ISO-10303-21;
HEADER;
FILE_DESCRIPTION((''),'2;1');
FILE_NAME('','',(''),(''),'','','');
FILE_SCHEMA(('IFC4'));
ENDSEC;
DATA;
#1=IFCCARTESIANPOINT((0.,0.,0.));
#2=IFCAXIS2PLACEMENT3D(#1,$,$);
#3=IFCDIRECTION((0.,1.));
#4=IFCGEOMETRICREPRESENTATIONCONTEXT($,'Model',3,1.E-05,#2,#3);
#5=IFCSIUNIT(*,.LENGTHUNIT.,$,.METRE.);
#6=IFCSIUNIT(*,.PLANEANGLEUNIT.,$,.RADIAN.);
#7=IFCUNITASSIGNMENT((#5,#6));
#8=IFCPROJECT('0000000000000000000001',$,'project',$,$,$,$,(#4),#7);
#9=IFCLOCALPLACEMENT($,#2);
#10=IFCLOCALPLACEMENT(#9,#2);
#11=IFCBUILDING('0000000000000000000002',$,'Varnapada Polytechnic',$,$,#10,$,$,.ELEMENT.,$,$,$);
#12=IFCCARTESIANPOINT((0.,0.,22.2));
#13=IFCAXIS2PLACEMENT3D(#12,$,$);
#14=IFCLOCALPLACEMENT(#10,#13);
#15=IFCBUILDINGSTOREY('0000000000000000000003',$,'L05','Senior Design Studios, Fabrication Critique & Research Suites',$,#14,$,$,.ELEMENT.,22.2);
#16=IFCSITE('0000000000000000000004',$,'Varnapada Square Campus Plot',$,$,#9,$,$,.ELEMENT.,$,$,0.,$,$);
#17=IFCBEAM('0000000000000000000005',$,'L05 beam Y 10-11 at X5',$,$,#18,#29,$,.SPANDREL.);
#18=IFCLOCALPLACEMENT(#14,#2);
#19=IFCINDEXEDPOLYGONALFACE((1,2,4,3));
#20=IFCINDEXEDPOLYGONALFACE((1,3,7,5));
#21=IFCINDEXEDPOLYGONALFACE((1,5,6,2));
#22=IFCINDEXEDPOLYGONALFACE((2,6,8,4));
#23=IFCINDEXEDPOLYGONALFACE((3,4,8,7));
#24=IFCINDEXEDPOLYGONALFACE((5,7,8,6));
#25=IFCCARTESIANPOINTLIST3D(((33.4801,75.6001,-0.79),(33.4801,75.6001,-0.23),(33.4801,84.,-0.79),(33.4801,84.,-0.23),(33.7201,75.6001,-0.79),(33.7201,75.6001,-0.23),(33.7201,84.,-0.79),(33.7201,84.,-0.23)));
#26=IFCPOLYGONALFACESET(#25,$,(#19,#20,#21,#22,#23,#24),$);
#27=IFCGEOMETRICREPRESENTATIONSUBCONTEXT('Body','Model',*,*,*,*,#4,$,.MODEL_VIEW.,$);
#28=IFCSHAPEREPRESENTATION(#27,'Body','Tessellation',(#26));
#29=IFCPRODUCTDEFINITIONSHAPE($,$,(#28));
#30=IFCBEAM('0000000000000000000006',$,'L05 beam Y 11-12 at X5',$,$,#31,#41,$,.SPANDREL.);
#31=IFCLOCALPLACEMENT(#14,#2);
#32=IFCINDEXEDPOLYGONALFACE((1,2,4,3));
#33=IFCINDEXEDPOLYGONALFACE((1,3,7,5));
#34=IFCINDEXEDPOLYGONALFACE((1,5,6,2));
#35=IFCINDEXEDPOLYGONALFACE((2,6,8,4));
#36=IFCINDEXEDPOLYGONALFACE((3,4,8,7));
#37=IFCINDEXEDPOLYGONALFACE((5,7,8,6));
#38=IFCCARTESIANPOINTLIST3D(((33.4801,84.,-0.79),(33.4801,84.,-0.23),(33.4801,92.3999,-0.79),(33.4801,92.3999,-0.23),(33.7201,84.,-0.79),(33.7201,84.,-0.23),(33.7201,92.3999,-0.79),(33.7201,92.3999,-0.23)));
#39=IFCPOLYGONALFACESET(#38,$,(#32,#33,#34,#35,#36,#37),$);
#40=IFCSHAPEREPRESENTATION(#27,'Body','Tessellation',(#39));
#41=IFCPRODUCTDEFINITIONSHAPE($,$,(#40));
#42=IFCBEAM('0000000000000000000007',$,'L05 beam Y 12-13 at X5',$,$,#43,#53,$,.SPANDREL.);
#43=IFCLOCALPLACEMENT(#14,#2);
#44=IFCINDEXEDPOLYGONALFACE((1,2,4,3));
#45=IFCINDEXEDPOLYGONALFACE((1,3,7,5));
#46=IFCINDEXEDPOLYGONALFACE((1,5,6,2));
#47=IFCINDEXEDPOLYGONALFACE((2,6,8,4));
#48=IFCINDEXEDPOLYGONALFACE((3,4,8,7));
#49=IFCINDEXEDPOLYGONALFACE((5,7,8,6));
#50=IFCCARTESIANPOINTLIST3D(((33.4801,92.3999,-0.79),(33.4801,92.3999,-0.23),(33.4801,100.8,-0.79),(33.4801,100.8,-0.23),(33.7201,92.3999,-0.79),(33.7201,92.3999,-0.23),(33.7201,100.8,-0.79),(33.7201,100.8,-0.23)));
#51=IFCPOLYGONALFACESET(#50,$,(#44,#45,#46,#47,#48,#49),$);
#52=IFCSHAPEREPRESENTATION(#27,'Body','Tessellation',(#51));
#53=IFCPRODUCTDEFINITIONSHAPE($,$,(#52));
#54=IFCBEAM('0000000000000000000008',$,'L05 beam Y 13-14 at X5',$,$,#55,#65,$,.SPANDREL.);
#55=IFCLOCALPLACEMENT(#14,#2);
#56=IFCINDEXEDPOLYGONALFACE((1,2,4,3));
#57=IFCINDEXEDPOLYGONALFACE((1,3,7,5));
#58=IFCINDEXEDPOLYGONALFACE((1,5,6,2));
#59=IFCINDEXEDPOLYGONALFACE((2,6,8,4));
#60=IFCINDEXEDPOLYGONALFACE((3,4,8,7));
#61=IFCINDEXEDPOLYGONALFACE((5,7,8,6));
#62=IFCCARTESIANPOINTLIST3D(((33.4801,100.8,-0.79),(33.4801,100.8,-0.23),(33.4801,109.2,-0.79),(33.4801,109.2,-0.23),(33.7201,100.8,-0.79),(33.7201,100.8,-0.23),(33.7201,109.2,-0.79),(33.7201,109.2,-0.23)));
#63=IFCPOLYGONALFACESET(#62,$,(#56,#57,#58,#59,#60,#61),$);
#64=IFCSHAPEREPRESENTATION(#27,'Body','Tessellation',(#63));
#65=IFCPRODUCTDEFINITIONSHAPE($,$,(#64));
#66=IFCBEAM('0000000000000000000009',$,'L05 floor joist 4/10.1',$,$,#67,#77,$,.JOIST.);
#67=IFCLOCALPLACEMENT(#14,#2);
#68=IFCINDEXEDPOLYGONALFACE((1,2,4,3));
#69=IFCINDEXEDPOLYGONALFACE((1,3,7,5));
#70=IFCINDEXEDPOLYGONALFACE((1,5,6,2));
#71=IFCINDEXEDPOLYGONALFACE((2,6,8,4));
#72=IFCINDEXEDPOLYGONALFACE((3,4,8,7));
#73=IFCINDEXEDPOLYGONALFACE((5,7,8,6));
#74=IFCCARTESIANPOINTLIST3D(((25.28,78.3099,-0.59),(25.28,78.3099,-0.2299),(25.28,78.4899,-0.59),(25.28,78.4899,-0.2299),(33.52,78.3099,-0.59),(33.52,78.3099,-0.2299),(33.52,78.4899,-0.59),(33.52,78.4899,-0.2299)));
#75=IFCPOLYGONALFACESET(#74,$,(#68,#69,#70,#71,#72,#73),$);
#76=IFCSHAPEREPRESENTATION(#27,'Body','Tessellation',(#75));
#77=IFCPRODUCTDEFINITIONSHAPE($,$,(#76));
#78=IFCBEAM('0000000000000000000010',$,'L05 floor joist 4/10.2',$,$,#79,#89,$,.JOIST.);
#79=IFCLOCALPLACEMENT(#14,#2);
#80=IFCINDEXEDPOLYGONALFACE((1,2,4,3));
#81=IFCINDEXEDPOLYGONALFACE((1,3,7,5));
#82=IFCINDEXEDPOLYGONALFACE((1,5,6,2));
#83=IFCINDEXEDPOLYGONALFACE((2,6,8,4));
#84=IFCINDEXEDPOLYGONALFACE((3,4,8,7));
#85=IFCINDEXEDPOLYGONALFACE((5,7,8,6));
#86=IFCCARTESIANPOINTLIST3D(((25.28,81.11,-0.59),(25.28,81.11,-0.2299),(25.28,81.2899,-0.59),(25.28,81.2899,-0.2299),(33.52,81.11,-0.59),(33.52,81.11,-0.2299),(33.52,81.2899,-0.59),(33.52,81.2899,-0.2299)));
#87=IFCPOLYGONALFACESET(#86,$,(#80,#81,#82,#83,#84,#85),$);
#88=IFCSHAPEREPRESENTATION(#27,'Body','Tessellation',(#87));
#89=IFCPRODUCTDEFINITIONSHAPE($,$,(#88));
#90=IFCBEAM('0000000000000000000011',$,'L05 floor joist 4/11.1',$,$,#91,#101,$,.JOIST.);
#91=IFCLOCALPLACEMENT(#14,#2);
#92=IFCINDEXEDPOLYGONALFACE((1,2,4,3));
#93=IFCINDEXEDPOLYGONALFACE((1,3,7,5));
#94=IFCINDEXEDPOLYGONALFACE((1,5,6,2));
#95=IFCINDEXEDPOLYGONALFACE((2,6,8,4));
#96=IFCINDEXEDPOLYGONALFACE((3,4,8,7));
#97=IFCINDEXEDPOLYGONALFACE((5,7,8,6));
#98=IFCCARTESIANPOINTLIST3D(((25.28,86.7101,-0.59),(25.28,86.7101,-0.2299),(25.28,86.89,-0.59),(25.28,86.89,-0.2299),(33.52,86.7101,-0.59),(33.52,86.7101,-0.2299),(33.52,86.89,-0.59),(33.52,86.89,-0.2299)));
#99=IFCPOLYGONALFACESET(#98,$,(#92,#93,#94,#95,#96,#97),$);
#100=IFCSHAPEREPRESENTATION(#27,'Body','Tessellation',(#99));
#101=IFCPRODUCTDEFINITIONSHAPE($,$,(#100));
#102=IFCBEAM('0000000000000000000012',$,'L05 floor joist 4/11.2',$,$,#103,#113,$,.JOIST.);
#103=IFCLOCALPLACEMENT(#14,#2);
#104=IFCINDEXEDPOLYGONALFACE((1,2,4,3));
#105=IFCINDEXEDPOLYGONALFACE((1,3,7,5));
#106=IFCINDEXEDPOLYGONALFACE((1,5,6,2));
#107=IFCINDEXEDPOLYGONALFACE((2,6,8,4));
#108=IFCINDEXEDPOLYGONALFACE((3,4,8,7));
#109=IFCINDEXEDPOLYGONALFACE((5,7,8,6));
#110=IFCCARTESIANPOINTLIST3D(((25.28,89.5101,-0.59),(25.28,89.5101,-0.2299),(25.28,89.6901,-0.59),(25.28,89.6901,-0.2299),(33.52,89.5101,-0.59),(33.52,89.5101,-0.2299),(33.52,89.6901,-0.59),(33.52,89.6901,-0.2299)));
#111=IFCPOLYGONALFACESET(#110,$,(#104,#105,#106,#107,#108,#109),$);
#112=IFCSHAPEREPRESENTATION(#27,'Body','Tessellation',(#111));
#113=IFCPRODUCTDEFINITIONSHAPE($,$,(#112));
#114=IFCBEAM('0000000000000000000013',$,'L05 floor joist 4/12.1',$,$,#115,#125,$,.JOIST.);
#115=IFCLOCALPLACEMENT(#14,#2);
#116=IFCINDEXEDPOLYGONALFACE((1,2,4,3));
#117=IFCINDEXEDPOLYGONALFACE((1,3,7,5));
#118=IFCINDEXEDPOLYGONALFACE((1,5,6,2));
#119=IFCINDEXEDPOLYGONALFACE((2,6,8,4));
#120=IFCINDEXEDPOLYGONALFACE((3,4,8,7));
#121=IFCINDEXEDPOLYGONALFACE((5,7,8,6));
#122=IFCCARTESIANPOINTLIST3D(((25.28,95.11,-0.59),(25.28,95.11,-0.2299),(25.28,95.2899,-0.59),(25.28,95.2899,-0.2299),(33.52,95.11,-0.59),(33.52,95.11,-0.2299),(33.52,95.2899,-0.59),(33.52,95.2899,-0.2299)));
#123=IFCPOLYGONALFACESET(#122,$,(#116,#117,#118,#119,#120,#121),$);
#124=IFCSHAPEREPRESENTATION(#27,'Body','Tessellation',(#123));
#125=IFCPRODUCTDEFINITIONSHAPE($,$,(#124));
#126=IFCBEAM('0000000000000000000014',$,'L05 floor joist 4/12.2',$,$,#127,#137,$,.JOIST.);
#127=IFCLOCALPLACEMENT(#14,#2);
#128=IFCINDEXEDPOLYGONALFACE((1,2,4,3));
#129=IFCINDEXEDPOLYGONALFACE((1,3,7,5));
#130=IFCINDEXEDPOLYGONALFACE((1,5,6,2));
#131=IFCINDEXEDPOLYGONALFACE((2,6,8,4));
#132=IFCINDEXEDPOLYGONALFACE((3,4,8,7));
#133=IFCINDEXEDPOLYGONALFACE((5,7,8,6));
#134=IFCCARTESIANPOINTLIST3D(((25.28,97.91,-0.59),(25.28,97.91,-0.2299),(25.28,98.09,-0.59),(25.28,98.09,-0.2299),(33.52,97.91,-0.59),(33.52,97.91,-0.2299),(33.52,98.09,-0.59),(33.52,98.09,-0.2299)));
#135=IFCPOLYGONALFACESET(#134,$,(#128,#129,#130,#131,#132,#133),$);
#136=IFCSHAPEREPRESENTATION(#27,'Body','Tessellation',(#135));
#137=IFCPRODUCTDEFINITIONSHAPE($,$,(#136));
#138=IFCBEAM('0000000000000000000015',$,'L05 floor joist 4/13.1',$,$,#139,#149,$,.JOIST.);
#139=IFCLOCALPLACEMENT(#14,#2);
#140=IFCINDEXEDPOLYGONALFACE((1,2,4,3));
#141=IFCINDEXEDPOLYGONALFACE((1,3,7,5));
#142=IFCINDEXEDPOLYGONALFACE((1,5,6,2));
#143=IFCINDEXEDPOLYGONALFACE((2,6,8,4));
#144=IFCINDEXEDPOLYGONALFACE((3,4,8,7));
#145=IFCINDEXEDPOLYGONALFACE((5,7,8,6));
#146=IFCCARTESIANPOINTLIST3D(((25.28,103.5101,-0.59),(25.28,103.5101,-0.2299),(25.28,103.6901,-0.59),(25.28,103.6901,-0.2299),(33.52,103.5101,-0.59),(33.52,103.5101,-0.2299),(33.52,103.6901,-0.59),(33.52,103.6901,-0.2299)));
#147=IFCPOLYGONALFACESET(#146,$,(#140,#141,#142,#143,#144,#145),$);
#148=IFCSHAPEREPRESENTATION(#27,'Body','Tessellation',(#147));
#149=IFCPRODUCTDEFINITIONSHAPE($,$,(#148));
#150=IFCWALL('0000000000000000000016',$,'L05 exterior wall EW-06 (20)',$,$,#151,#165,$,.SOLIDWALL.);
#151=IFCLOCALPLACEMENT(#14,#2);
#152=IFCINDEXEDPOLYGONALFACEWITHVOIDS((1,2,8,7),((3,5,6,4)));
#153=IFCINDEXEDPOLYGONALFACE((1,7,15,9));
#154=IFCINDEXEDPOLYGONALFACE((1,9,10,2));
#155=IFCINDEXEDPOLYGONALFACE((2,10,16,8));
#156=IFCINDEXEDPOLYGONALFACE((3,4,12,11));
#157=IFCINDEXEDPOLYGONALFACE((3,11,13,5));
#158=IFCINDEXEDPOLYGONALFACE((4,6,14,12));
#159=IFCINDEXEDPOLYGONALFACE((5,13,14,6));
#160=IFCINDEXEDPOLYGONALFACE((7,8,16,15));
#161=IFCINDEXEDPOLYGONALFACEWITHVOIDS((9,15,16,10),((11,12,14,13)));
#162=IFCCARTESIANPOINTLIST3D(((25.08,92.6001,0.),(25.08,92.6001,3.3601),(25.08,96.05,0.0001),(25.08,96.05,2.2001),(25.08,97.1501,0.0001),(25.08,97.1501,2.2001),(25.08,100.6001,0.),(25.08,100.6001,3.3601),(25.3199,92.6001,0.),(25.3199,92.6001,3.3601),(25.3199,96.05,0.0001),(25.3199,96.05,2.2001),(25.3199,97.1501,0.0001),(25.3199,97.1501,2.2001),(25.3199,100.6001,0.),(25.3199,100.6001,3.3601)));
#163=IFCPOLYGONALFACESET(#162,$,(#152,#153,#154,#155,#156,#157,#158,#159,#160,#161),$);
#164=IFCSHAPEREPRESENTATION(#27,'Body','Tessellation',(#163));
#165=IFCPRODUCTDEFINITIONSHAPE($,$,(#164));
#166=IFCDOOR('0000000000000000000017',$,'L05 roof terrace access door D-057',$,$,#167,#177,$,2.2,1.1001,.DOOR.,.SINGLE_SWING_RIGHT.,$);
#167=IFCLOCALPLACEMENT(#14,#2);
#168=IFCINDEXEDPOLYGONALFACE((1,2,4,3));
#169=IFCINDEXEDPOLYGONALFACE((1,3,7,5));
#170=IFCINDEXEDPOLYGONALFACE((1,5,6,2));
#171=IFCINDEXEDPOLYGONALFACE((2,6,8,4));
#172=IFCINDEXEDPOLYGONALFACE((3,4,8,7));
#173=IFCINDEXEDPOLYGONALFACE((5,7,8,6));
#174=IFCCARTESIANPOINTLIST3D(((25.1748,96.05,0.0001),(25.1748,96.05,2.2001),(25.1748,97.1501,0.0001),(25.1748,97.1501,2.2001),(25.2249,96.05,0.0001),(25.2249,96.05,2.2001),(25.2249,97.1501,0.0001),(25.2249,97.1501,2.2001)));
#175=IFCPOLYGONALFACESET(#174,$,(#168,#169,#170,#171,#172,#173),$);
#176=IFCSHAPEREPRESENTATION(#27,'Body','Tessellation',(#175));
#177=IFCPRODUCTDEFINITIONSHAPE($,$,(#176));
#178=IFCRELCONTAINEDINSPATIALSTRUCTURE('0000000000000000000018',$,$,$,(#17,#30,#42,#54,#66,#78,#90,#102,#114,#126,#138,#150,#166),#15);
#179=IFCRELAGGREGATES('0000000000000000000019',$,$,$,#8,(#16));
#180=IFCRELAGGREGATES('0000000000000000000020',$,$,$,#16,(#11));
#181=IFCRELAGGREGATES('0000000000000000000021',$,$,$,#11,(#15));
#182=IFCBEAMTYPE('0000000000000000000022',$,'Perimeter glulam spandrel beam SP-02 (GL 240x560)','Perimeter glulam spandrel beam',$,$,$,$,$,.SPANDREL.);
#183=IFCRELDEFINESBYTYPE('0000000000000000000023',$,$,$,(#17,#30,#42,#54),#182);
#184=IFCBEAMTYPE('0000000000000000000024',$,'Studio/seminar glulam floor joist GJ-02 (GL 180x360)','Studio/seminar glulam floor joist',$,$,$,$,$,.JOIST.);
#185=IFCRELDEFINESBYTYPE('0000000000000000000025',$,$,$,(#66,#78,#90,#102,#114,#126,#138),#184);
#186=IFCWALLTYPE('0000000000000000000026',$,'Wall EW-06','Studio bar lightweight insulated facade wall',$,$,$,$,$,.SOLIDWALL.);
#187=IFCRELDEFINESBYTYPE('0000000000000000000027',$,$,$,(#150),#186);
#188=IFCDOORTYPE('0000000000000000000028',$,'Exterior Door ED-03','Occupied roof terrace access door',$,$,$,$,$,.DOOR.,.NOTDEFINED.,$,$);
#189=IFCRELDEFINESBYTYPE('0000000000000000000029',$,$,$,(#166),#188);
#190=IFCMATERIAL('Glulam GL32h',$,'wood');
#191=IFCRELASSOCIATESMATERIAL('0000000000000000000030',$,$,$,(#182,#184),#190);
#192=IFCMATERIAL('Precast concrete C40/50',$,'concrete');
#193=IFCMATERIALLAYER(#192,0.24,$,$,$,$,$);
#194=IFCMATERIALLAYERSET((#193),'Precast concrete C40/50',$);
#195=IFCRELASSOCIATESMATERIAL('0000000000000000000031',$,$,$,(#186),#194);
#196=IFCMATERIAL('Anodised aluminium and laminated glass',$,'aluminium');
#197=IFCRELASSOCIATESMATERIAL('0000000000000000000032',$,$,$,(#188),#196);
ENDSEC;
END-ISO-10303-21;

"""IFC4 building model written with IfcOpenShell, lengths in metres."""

from ifc_helpers import new_model, si_unit, direction, frame, frame_2d, origin, origin_2d, place, context, subcontext, project, spatial, rectangle, extrude, material, layer, layer_set, material_profile, profile_set, type_object, element, fill, save


model = new_model("IFC4")

# Units and contexts
model_context = context("Model", 3, precision=1e-05, world=origin(), true_north=direction((0.0, 1.0)))
body_context = subcontext(model_context, "Body", "Model", "MODEL_VIEW")
ifc_project = project(units=[si_unit("LENGTHUNIT", "METRE"), si_unit("PLANEANGLEUNIT", "RADIAN")], contexts=[model_context])

# Site, building, storey
site_placement = place(None, origin())
site = spatial("IfcSite", under=ifc_project, at=site_placement, Name="Varnapada Square Campus Plot", CompositionType="ELEMENT", RefElevation=0.0)
building_placement = place(site_placement, origin())
building = spatial("IfcBuilding", under=site, at=building_placement, Name="Varnapada Polytechnic", CompositionType="ELEMENT")
storey_placement = place(building_placement, frame((0.0, 0.0, 22.2)))
storey = spatial("IfcBuildingStorey", under=building, at=storey_placement, Name="L05", Description="Senior Design Studios, Fabrication Critique & Research Suites", CompositionType="ELEMENT", Elevation=22.2)

# Beams
ifc_material_1 = material(Name="Glulam GL32h", Category="wood")
ifc_material_profile_1 = material_profile(ifc_material_1, rectangle(XDim=0.24, YDim=0.5601, at=origin_2d()), Name="GL 240x560")
ifc_profile_set_1 = profile_set([ifc_material_profile_1], Name="Glulam GL32h")
beam_type_1 = type_object("IfcBeamType", Name="Perimeter glulam spandrel beam SP-02 (GL 240x560)", Description="Perimeter glulam spandrel beam", PredefinedType="SPANDREL", material=ifc_profile_set_1)
for number, where, z_axis, x_axis, name in (
    (1, (33.6001, 75.6001, -0.51), (0.0, 1.0, 0.0), (-1.0, 0.0, 0.0), "L05 beam Y 10-11 at X5"),
    (2, (33.6001, 84.0, -0.51), (0.0, 1.0, 0.0), (-1.0, 0.0, 0.0), "L05 beam Y 11-12 at X5"),
):
    element("IfcBeam", number, at=place(storey_placement, frame(where, z_axis=z_axis, x_axis=x_axis)), inside=storey, type_object=beam_type_1, Name=name, PredefinedType="SPANDREL", context=body_context, shape_type="SweptSolid", body=[
        extrude(rectangle(XDim=0.24, YDim=0.5601, at=origin_2d()), origin(), (0.0, 0.0, 1.0), 8.3999),
    ])
beam_1_placement = place(storey_placement, frame((33.6001, 92.3999, -0.51), z_axis=(0.0, 1.0, 0.0), x_axis=(-1.0, 0.0, 0.0)))
element("IfcBeam", 3, at=beam_1_placement, inside=storey, type_object=beam_type_1, Name="L05 beam Y 12-13 at X5", PredefinedType="SPANDREL", context=body_context, shape_type="SweptSolid", body=[
    extrude(rectangle(XDim=0.24, YDim=0.5601, at=origin_2d()), origin(), (0.0, 0.0, 1.0), 8.4001),
])
beam_2_placement = place(storey_placement, frame((33.6001, 100.8, -0.51), z_axis=(0.0, 1.0, 0.0), x_axis=(-1.0, 0.0, 0.0)))
element("IfcBeam", 4, at=beam_2_placement, inside=storey, type_object=beam_type_1, Name="L05 beam Y 13-14 at X5", PredefinedType="SPANDREL", context=body_context, shape_type="SweptSolid", body=[
    extrude(rectangle(XDim=0.24, YDim=0.5601, at=origin_2d()), origin(), (0.0, 0.0, 1.0), 8.3999),
])
ifc_material_profile_2 = material_profile(ifc_material_1, rectangle(XDim=0.1799, YDim=0.3601, at=origin_2d()), Name="GL 180x360")
ifc_profile_set_2 = profile_set([ifc_material_profile_2], Name="Glulam GL32h")
beam_type_2 = type_object("IfcBeamType", Name="Studio/seminar glulam floor joist GJ-02 (GL 180x360)", Description="Studio/seminar glulam floor joist", PredefinedType="JOIST", material=ifc_profile_set_2)
for number, where, z_axis, x_axis, name in (
    (5, (25.28, 78.3999, -0.4099), (1.0, 0.0, 0.0), (0.0, 1.0, 0.0), "L05 floor joist 4/10.1"),
    (6, (25.28, 81.2, -0.4099), (1.0, 0.0, 0.0), (0.0, 1.0, 0.0), "L05 floor joist 4/10.2"),
    (7, (25.28, 86.8, -0.4099), (1.0, 0.0, 0.0), (0.0, 1.0, 0.0), "L05 floor joist 4/11.1"),
    (8, (25.28, 89.6001, -0.4099), (1.0, 0.0, 0.0), (0.0, 1.0, 0.0), "L05 floor joist 4/11.2"),
    (9, (25.28, 95.2, -0.4099), (1.0, 0.0, 0.0), (0.0, 1.0, 0.0), "L05 floor joist 4/12.1"),
    (10, (25.28, 98.0, -0.4099), (1.0, 0.0, 0.0), (0.0, 1.0, 0.0), "L05 floor joist 4/12.2"),
    (11, (25.28, 103.6001, -0.4099), (1.0, 0.0, 0.0), (0.0, 1.0, 0.0), "L05 floor joist 4/13.1"),
):
    element("IfcBeam", number, at=place(storey_placement, frame(where, z_axis=z_axis, x_axis=x_axis)), inside=storey, type_object=beam_type_2, Name=name, PredefinedType="JOIST", context=body_context, shape_type="SweptSolid", body=[
        extrude(rectangle(XDim=0.1799, YDim=0.3601, at=origin_2d()), origin(), (0.0, 0.0, 1.0), 8.24),
    ])

# Wall, opening, door
ifc_material_2 = material(Name="Precast concrete C40/50", Category="concrete")
ifc_layer = layer(ifc_material_2, 0.24)
ifc_layer_set = layer_set([ifc_layer], Name="Precast concrete C40/50")
wall_type = type_object("IfcWallType", Name="Wall EW-06", Description="Studio bar lightweight insulated facade wall", PredefinedType="SOLIDWALL", material=ifc_layer_set)
wall_placement = place(storey_placement, frame((25.2, 100.6001, 0.0), z_axis=(0.0, 0.0, 1.0), x_axis=(0.0, -1.0, 0.0)))
wall = element("IfcWall", 12, at=wall_placement, inside=storey, type_object=wall_type, Name="L05 exterior wall EW-06 (20)", PredefinedType="SOLIDWALL", context=body_context, shape_type="SweptSolid", body=[
    extrude(rectangle(XDim=8.0, YDim=0.24, at=frame_2d((4.0, 0.0))), origin(), (0.0, 0.0, 1.0), 3.3601),
])
opening_placement = place(wall_placement, frame((3.45, 0.0, 0.0)))
opening = element("IfcOpeningElement", 13, at=opening_placement, cuts=wall, PredefinedType="OPENING", context=body_context, shape_type="SweptSolid", body=[
    extrude(rectangle(XDim=1.1001, YDim=2.2, at=frame_2d((0.55, 1.1001))), frame((0.0, 0.1299, 0.0), z_axis=(0.0, -1.0, 0.0), x_axis=(1.0, 0.0, 0.0)), (0.0, 0.0, 1.0), 0.26),
])
ifc_material_3 = material(Name="Anodised aluminium and laminated glass", Category="aluminium")
door_type = type_object("IfcDoorType", Name="Exterior Door ED-03", Description="Occupied roof terrace access door", OperationType="NOTDEFINED", PredefinedType="DOOR", material=ifc_material_3)
door_placement = place(opening_placement, origin())
door = element("IfcDoor", 14, at=door_placement, inside=storey, type_object=door_type, Name="L05 roof terrace access door D-057", OperationType="SINGLE_SWING_RIGHT", OverallHeight=2.2, OverallWidth=1.1001, PredefinedType="DOOR", context=body_context, shape_type="SweptSolid", body=[
    extrude(rectangle(XDim=1.1001, YDim=2.2, at=frame_2d((0.55, 1.1001))), frame((0.0, 0.0249, 0.0), z_axis=(0.0, -1.0, 0.0), x_axis=(1.0, 0.0, 0.0)), (0.0, 0.0, 1.0), 0.05),
])
fill(opening, door)

save(model, "model.ifc")
